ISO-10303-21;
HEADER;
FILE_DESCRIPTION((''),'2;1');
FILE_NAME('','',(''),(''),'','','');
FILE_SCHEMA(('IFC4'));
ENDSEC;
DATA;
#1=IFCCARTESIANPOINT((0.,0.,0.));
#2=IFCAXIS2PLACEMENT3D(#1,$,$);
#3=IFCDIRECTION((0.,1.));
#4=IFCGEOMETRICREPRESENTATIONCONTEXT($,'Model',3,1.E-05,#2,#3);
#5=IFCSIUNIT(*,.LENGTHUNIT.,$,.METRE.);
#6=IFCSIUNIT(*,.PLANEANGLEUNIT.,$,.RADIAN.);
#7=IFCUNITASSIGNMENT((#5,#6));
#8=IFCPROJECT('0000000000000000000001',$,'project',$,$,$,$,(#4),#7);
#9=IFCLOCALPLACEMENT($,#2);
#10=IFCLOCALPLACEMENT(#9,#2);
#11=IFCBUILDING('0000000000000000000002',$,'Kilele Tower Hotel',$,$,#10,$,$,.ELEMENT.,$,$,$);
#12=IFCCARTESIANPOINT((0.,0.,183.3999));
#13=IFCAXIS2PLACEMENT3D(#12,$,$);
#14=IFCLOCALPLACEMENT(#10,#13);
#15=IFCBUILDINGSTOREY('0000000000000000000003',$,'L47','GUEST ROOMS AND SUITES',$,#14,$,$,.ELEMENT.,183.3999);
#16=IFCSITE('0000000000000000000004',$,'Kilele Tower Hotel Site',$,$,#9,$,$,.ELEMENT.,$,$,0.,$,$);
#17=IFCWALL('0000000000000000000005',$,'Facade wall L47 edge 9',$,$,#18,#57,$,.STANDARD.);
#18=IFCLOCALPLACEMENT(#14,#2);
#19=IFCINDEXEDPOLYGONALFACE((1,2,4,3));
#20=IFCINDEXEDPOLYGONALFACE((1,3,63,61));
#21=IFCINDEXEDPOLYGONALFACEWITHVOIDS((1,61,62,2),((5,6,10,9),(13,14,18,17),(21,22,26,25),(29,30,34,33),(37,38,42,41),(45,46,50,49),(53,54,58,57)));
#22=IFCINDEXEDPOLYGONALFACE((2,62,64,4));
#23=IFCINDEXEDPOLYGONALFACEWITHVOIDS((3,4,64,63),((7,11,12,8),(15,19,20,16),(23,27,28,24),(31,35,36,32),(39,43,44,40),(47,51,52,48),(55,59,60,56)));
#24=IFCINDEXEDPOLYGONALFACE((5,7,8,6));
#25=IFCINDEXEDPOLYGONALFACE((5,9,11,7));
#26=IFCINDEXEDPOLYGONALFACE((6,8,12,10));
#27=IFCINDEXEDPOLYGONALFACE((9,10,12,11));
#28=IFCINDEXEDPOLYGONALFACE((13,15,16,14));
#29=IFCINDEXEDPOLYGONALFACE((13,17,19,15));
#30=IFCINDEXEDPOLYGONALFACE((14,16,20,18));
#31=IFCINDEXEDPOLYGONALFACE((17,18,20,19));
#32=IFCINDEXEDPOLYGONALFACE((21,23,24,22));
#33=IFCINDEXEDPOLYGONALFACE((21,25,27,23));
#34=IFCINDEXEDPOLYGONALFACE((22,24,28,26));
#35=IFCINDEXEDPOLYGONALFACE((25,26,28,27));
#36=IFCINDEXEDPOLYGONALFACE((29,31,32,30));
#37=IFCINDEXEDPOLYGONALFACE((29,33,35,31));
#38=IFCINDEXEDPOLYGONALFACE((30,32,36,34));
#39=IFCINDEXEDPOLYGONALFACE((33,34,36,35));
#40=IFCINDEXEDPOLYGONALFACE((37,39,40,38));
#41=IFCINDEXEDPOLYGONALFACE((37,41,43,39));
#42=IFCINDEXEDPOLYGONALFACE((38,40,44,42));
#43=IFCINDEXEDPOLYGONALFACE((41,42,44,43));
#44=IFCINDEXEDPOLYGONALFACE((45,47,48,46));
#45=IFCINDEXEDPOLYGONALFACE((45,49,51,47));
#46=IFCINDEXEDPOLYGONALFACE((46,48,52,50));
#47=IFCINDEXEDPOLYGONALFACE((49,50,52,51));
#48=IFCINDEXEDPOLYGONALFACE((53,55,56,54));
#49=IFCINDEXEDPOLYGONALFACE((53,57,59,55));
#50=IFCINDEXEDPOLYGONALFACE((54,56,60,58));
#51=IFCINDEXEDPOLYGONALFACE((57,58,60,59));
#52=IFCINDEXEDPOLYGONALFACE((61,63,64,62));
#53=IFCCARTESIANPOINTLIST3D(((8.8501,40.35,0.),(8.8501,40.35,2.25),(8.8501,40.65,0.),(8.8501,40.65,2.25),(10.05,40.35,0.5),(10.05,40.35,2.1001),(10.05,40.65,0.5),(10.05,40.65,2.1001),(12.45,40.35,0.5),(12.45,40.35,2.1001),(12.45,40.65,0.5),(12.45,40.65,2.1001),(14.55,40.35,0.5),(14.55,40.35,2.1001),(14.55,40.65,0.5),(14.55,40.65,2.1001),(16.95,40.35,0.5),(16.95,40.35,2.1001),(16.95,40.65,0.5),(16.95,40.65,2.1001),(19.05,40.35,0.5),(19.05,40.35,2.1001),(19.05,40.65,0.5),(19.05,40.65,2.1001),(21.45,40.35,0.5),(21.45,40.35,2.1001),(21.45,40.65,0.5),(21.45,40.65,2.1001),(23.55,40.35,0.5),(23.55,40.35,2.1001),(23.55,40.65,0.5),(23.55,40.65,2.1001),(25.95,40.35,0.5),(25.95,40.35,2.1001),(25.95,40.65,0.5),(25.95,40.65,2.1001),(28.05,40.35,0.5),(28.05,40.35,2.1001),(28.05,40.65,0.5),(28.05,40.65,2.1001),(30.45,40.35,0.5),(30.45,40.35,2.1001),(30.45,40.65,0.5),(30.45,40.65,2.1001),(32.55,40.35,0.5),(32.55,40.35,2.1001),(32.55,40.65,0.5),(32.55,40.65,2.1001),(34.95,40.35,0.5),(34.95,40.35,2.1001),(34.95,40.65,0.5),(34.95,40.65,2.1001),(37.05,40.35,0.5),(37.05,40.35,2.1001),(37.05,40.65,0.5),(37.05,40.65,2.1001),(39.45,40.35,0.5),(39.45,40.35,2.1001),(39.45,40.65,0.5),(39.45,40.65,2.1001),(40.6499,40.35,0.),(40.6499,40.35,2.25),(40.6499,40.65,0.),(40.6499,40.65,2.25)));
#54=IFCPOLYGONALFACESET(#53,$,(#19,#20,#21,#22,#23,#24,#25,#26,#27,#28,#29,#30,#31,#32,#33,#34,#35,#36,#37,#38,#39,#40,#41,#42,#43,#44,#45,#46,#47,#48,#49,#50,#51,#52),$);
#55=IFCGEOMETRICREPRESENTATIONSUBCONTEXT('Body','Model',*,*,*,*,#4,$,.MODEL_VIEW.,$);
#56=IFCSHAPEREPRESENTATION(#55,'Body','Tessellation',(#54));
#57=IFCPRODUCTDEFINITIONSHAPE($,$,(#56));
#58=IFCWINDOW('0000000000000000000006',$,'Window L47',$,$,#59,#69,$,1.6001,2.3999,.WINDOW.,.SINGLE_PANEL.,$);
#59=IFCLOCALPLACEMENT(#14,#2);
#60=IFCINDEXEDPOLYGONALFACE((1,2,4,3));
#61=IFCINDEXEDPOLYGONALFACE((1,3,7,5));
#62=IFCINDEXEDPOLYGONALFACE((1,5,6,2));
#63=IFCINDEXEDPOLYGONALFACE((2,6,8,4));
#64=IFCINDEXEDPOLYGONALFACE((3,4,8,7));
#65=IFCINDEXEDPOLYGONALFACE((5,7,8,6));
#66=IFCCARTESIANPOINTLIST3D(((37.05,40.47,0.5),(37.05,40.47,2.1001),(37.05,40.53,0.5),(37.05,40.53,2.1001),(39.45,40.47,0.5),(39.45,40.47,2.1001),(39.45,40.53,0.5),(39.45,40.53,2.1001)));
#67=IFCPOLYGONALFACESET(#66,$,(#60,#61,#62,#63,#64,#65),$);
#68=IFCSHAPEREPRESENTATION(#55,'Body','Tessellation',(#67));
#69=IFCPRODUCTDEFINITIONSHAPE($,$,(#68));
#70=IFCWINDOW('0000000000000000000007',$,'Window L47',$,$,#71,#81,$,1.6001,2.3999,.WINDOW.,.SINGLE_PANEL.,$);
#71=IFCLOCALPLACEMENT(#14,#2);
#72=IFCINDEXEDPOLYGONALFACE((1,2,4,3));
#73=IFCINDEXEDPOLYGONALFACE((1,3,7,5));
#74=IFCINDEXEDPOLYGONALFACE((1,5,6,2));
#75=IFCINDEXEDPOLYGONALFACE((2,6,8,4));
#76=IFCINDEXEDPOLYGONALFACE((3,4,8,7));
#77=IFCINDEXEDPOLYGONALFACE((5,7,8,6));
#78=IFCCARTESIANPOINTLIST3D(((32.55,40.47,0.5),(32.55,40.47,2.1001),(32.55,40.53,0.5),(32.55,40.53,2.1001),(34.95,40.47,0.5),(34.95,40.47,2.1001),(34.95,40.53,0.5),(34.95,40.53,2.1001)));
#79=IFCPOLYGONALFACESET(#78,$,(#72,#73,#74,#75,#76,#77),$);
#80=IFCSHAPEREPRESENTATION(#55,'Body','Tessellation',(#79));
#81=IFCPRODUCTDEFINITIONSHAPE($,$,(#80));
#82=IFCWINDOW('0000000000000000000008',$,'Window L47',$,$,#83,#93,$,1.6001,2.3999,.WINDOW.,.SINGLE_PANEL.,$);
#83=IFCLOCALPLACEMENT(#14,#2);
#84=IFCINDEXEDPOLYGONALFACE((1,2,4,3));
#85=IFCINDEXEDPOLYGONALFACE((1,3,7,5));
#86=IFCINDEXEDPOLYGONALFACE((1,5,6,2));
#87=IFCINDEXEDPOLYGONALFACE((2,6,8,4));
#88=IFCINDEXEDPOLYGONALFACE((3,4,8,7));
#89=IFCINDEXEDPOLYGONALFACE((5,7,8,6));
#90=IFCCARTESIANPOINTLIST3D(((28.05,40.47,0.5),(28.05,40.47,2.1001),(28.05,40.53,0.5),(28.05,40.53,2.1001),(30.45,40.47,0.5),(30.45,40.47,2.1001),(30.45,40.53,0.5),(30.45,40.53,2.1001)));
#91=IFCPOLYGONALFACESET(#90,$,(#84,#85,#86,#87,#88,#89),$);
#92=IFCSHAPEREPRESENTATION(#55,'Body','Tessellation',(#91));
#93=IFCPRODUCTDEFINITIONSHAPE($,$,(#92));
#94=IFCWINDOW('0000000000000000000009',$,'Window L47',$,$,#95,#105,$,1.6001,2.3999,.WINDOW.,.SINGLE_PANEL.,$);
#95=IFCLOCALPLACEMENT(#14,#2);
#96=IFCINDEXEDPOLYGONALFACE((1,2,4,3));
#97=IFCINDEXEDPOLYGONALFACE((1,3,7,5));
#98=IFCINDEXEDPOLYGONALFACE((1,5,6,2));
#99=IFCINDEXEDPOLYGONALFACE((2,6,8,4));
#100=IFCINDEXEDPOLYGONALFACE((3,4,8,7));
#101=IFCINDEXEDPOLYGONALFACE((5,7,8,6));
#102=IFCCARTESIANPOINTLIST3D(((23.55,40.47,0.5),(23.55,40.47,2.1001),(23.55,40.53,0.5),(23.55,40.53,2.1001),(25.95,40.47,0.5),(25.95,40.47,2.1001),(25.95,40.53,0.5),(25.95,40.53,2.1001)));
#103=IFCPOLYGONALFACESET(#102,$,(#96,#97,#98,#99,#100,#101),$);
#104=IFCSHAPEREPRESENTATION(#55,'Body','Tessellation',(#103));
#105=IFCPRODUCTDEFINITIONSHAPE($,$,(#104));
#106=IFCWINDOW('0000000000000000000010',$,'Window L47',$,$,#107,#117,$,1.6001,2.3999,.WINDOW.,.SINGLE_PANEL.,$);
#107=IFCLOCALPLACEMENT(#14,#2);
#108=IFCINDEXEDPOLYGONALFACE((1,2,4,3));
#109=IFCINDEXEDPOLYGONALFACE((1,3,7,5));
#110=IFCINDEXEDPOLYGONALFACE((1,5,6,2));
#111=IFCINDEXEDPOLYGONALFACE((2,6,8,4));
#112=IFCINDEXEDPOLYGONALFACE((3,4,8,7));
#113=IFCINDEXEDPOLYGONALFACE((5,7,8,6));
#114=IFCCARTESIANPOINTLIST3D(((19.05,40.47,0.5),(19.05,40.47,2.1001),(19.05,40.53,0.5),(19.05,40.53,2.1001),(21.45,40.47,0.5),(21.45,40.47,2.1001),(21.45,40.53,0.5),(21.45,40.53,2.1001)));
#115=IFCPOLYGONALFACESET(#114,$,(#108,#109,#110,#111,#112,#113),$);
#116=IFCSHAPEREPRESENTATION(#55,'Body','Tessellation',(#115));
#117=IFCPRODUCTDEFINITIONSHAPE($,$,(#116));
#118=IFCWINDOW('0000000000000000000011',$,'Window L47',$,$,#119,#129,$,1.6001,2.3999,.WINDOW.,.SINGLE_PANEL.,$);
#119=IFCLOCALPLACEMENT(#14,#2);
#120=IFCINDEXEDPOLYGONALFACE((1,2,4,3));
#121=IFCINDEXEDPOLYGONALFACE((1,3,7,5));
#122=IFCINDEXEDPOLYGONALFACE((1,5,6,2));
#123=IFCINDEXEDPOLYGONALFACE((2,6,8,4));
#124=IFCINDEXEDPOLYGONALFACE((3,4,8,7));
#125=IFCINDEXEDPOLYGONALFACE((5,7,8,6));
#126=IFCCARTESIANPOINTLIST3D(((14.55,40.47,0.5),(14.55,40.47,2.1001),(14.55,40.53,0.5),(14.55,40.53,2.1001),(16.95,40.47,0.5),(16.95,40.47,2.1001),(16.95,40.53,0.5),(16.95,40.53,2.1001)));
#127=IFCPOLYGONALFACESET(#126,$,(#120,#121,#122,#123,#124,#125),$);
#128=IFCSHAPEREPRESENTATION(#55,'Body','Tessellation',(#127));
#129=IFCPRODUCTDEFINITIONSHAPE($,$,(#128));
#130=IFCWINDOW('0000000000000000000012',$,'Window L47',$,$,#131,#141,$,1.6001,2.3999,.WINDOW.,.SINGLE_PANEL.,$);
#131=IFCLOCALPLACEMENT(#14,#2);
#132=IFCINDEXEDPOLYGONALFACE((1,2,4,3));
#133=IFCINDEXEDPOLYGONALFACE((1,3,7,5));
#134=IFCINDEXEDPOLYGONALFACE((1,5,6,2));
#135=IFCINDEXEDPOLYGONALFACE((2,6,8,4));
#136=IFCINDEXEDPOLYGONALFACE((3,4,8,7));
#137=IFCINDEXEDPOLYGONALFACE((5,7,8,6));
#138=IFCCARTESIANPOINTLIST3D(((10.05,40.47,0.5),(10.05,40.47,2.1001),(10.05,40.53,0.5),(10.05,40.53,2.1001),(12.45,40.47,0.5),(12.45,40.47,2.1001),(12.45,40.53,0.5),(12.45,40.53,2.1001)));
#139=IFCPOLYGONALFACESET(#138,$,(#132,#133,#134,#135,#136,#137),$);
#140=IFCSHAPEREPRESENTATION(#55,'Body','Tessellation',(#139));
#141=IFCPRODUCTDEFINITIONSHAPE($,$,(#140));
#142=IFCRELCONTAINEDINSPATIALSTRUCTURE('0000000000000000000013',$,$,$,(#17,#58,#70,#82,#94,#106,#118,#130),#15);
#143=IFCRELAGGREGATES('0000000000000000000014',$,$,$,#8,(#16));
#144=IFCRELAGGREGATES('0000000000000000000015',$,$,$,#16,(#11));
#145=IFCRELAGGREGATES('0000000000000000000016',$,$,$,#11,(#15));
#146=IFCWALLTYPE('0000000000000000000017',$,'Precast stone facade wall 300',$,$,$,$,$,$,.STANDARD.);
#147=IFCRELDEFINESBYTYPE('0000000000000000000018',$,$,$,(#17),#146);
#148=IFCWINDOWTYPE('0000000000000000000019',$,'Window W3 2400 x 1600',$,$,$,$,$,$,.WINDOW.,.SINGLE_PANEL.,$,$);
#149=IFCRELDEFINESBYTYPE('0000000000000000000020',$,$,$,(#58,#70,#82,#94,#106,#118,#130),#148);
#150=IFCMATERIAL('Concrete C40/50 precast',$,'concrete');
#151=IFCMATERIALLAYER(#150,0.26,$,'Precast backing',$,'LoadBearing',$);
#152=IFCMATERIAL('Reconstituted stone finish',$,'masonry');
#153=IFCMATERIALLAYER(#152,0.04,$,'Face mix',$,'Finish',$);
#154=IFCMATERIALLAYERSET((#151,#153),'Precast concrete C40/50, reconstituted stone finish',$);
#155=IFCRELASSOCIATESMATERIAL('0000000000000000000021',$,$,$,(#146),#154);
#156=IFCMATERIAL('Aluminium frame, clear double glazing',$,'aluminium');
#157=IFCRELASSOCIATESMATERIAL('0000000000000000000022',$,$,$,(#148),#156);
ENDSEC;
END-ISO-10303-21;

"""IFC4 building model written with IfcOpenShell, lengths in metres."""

from ifc_helpers import new_model, si_unit, direction, frame, frame_2d, origin, place, context, subcontext, project, spatial, rectangle, extrude, material, layer, layer_set, type_object, element, fill, save


model = new_model("IFC4")

# Units and contexts
model_context = context("Model", 3, precision=1e-05, world=origin(), true_north=direction((0.0, 1.0)))
body_context = subcontext(model_context, "Body", "Model", "MODEL_VIEW")
ifc_project = project(units=[si_unit("LENGTHUNIT", "METRE"), si_unit("PLANEANGLEUNIT", "RADIAN")], contexts=[model_context])

# Site, building, storey
site_placement = place(None, origin())
site = spatial("IfcSite", under=ifc_project, at=site_placement, Name="Kilele Tower Hotel Site", CompositionType="ELEMENT", RefElevation=0.0)
building_placement = place(site_placement, origin())
building = spatial("IfcBuilding", under=site, at=building_placement, Name="Kilele Tower Hotel", CompositionType="ELEMENT")
storey_placement = place(building_placement, frame((0.0, 0.0, 183.3999)))
storey = spatial("IfcBuildingStorey", under=building, at=storey_placement, Name="L47", Description="GUEST ROOMS AND SUITES", CompositionType="ELEMENT", Elevation=183.3999)

# Shared definitions
ifc_material_1 = material(Name="Concrete C40/50 precast", Category="concrete")
ifc_layer_1 = layer(ifc_material_1, 0.26, Name="Precast backing", Category="LoadBearing")
ifc_material_2 = material(Name="Reconstituted stone finish", Category="masonry")
ifc_layer_2 = layer(ifc_material_2, 0.04, Name="Face mix", Category="Finish")
ifc_layer_set_1 = layer_set([ifc_layer_1, ifc_layer_2], Name="Precast concrete C40/50, reconstituted stone finish")
wall_type_1 = type_object("IfcWallType", Name="Precast stone facade wall 300", PredefinedType="STANDARD", material=ifc_layer_set_1)
ifc_material_3 = material(Name="Aluminium frame, clear double glazing", Category="aluminium")
window_type = type_object("IfcWindowType", Name="Window W3 2400 x 1600", PartitioningType="SINGLE_PANEL", PredefinedType="WINDOW", material=ifc_material_3)

# Wall, openings, windows
wall_1_placement = place(storey_placement, frame((40.6499, 40.5, 0.0), z_axis=(0.0, 0.0, 1.0), x_axis=(-1.0, 0.0, 0.0)))
wall_1 = element("IfcWall", 1, at=wall_1_placement, inside=storey, type_object=wall_type_1, Name="Facade wall L47 edge 9", PredefinedType="STANDARD", context=body_context, shape_type="SweptSolid", body=[
    extrude(rectangle(XDim=31.7998, YDim=0.3, at=frame_2d((15.8999, 0.0))), origin(), (0.0, 0.0, 1.0), 2.25),
])
opening_1_placement = place(wall_1_placement, frame((1.2, 0.0, 0.5)))
opening_1 = element("IfcOpeningElement", 2, at=opening_1_placement, cuts=wall_1, PredefinedType="OPENING", context=body_context, shape_type="SweptSolid", body=[
    extrude(rectangle(XDim=2.3999, YDim=1.6001, at=frame_2d((1.2, 0.8))), frame((0.0, 0.1599, 0.0), z_axis=(0.0, -1.0, 0.0), x_axis=(1.0, 0.0, 0.0)), (0.0, 0.0, 1.0), 0.3201),
])
opening_2_placement = place(wall_1_placement, frame((5.7, 0.0, 0.5)))
opening_2 = element("IfcOpeningElement", 3, at=opening_2_placement, cuts=wall_1, PredefinedType="OPENING", context=body_context, shape_type="SweptSolid", body=[
    extrude(rectangle(XDim=2.3999, YDim=1.6001, at=frame_2d((1.2, 0.8))), frame((0.0, 0.1599, 0.0), z_axis=(0.0, -1.0, 0.0), x_axis=(1.0, 0.0, 0.0)), (0.0, 0.0, 1.0), 0.3201),
])
opening_3_placement = place(wall_1_placement, frame((10.2, 0.0, 0.5)))
opening_3 = element("IfcOpeningElement", 4, at=opening_3_placement, cuts=wall_1, PredefinedType="OPENING", context=body_context, shape_type="SweptSolid", body=[
    extrude(rectangle(XDim=2.3999, YDim=1.6001, at=frame_2d((1.2, 0.8))), frame((0.0, 0.1599, 0.0), z_axis=(0.0, -1.0, 0.0), x_axis=(1.0, 0.0, 0.0)), (0.0, 0.0, 1.0), 0.3201),
])
opening_4_placement = place(wall_1_placement, frame((14.7, 0.0, 0.5)))
opening_4 = element("IfcOpeningElement", 5, at=opening_4_placement, cuts=wall_1, PredefinedType="OPENING", context=body_context, shape_type="SweptSolid", body=[
    extrude(rectangle(XDim=2.3999, YDim=1.6001, at=frame_2d((1.2, 0.8))), frame((0.0, 0.1599, 0.0), z_axis=(0.0, -1.0, 0.0), x_axis=(1.0, 0.0, 0.0)), (0.0, 0.0, 1.0), 0.3201),
])
opening_5_placement = place(wall_1_placement, frame((19.2, 0.0, 0.5)))
opening_5 = element("IfcOpeningElement", 6, at=opening_5_placement, cuts=wall_1, PredefinedType="OPENING", context=body_context, shape_type="SweptSolid", body=[
    extrude(rectangle(XDim=2.3999, YDim=1.6001, at=frame_2d((1.2, 0.8))), frame((0.0, 0.1599, 0.0), z_axis=(0.0, -1.0, 0.0), x_axis=(1.0, 0.0, 0.0)), (0.0, 0.0, 1.0), 0.3201),
])
opening_6_placement = place(wall_1_placement, frame((23.7, 0.0, 0.5)))
opening_6 = element("IfcOpeningElement", 7, at=opening_6_placement, cuts=wall_1, PredefinedType="OPENING", context=body_context, shape_type="SweptSolid", body=[
    extrude(rectangle(XDim=2.3999, YDim=1.6001, at=frame_2d((1.2, 0.8))), frame((0.0, 0.1599, 0.0), z_axis=(0.0, -1.0, 0.0), x_axis=(1.0, 0.0, 0.0)), (0.0, 0.0, 1.0), 0.3201),
])
opening_7_placement = place(wall_1_placement, frame((28.2, 0.0, 0.5)))
opening_7 = element("IfcOpeningElement", 8, at=opening_7_placement, cuts=wall_1, PredefinedType="OPENING", context=body_context, shape_type="SweptSolid", body=[
    extrude(rectangle(XDim=2.3999, YDim=1.6001, at=frame_2d((1.2, 0.8))), frame((0.0, 0.1599, 0.0), z_axis=(0.0, -1.0, 0.0), x_axis=(1.0, 0.0, 0.0)), (0.0, 0.0, 1.0), 0.3201),
])
window_1_placement = place(opening_1_placement, origin())
window_1 = element("IfcWindow", 9, at=window_1_placement, inside=storey, type_object=window_type, Name="Window L47", OverallHeight=1.6001, OverallWidth=2.3999, PartitioningType="SINGLE_PANEL", PredefinedType="WINDOW", context=body_context, shape_type="SweptSolid", body=[
    extrude(rectangle(XDim=2.3999, YDim=1.6001, at=frame_2d((1.2, 0.8))), frame((0.0, 0.03, 0.0), z_axis=(0.0, -1.0, 0.0), x_axis=(1.0, 0.0, 0.0)), (0.0, 0.0, 1.0), 0.0601),
])
fill(opening_1, window_1)
window_2_placement = place(opening_2_placement, origin())
window_2 = element("IfcWindow", 10, at=window_2_placement, inside=storey, type_object=window_type, Name="Window L47", OverallHeight=1.6001, OverallWidth=2.3999, PartitioningType="SINGLE_PANEL", PredefinedType="WINDOW", context=body_context, shape_type="SweptSolid", body=[
    extrude(rectangle(XDim=2.3999, YDim=1.6001, at=frame_2d((1.2, 0.8))), frame((0.0, 0.03, 0.0), z_axis=(0.0, -1.0, 0.0), x_axis=(1.0, 0.0, 0.0)), (0.0, 0.0, 1.0), 0.0601),
])
fill(opening_2, window_2)
window_3_placement = place(opening_3_placement, origin())
window_3 = element("IfcWindow", 11, at=window_3_placement, inside=storey, type_object=window_type, Name="Window L47", OverallHeight=1.6001, OverallWidth=2.3999, PartitioningType="SINGLE_PANEL", PredefinedType="WINDOW", context=body_context, shape_type="SweptSolid", body=[
    extrude(rectangle(XDim=2.3999, YDim=1.6001, at=frame_2d((1.2, 0.8))), frame((0.0, 0.03, 0.0), z_axis=(0.0, -1.0, 0.0), x_axis=(1.0, 0.0, 0.0)), (0.0, 0.0, 1.0), 0.0601),
])
fill(opening_3, window_3)
window_4_placement = place(opening_4_placement, origin())
window_4 = element("IfcWindow", 12, at=window_4_placement, inside=storey, type_object=window_type, Name="Window L47", OverallHeight=1.6001, OverallWidth=2.3999, PartitioningType="SINGLE_PANEL", PredefinedType="WINDOW", context=body_context, shape_type="SweptSolid", body=[
    extrude(rectangle(XDim=2.3999, YDim=1.6001, at=frame_2d((1.2, 0.8))), frame((0.0, 0.03, 0.0), z_axis=(0.0, -1.0, 0.0), x_axis=(1.0, 0.0, 0.0)), (0.0, 0.0, 1.0), 0.0601),
])
fill(opening_4, window_4)
window_5_placement = place(opening_5_placement, origin())
window_5 = element("IfcWindow", 13, at=window_5_placement, inside=storey, type_object=window_type, Name="Window L47", OverallHeight=1.6001, OverallWidth=2.3999, PartitioningType="SINGLE_PANEL", PredefinedType="WINDOW", context=body_context, shape_type="SweptSolid", body=[
    extrude(rectangle(XDim=2.3999, YDim=1.6001, at=frame_2d((1.2, 0.8))), frame((0.0, 0.03, 0.0), z_axis=(0.0, -1.0, 0.0), x_axis=(1.0, 0.0, 0.0)), (0.0, 0.0, 1.0), 0.0601),
])
fill(opening_5, window_5)
window_6_placement = place(opening_6_placement, origin())
window_6 = element("IfcWindow", 14, at=window_6_placement, inside=storey, type_object=window_type, Name="Window L47", OverallHeight=1.6001, OverallWidth=2.3999, PartitioningType="SINGLE_PANEL", PredefinedType="WINDOW", context=body_context, shape_type="SweptSolid", body=[
    extrude(rectangle(XDim=2.3999, YDim=1.6001, at=frame_2d((1.2, 0.8))), frame((0.0, 0.03, 0.0), z_axis=(0.0, -1.0, 0.0), x_axis=(1.0, 0.0, 0.0)), (0.0, 0.0, 1.0), 0.0601),
])
fill(opening_6, window_6)
window_7_placement = place(opening_7_placement, origin())
window_7 = element("IfcWindow", 15, at=window_7_placement, inside=storey, type_object=window_type, Name="Window L47", OverallHeight=1.6001, OverallWidth=2.3999, PartitioningType="SINGLE_PANEL", PredefinedType="WINDOW", context=body_context, shape_type="SweptSolid", body=[
    extrude(rectangle(XDim=2.3999, YDim=1.6001, at=frame_2d((1.2, 0.8))), frame((0.0, 0.03, 0.0), z_axis=(0.0, -1.0, 0.0), x_axis=(1.0, 0.0, 0.0)), (0.0, 0.0, 1.0), 0.0601),
])
fill(opening_7, window_7)

save(model, "model.ifc")
